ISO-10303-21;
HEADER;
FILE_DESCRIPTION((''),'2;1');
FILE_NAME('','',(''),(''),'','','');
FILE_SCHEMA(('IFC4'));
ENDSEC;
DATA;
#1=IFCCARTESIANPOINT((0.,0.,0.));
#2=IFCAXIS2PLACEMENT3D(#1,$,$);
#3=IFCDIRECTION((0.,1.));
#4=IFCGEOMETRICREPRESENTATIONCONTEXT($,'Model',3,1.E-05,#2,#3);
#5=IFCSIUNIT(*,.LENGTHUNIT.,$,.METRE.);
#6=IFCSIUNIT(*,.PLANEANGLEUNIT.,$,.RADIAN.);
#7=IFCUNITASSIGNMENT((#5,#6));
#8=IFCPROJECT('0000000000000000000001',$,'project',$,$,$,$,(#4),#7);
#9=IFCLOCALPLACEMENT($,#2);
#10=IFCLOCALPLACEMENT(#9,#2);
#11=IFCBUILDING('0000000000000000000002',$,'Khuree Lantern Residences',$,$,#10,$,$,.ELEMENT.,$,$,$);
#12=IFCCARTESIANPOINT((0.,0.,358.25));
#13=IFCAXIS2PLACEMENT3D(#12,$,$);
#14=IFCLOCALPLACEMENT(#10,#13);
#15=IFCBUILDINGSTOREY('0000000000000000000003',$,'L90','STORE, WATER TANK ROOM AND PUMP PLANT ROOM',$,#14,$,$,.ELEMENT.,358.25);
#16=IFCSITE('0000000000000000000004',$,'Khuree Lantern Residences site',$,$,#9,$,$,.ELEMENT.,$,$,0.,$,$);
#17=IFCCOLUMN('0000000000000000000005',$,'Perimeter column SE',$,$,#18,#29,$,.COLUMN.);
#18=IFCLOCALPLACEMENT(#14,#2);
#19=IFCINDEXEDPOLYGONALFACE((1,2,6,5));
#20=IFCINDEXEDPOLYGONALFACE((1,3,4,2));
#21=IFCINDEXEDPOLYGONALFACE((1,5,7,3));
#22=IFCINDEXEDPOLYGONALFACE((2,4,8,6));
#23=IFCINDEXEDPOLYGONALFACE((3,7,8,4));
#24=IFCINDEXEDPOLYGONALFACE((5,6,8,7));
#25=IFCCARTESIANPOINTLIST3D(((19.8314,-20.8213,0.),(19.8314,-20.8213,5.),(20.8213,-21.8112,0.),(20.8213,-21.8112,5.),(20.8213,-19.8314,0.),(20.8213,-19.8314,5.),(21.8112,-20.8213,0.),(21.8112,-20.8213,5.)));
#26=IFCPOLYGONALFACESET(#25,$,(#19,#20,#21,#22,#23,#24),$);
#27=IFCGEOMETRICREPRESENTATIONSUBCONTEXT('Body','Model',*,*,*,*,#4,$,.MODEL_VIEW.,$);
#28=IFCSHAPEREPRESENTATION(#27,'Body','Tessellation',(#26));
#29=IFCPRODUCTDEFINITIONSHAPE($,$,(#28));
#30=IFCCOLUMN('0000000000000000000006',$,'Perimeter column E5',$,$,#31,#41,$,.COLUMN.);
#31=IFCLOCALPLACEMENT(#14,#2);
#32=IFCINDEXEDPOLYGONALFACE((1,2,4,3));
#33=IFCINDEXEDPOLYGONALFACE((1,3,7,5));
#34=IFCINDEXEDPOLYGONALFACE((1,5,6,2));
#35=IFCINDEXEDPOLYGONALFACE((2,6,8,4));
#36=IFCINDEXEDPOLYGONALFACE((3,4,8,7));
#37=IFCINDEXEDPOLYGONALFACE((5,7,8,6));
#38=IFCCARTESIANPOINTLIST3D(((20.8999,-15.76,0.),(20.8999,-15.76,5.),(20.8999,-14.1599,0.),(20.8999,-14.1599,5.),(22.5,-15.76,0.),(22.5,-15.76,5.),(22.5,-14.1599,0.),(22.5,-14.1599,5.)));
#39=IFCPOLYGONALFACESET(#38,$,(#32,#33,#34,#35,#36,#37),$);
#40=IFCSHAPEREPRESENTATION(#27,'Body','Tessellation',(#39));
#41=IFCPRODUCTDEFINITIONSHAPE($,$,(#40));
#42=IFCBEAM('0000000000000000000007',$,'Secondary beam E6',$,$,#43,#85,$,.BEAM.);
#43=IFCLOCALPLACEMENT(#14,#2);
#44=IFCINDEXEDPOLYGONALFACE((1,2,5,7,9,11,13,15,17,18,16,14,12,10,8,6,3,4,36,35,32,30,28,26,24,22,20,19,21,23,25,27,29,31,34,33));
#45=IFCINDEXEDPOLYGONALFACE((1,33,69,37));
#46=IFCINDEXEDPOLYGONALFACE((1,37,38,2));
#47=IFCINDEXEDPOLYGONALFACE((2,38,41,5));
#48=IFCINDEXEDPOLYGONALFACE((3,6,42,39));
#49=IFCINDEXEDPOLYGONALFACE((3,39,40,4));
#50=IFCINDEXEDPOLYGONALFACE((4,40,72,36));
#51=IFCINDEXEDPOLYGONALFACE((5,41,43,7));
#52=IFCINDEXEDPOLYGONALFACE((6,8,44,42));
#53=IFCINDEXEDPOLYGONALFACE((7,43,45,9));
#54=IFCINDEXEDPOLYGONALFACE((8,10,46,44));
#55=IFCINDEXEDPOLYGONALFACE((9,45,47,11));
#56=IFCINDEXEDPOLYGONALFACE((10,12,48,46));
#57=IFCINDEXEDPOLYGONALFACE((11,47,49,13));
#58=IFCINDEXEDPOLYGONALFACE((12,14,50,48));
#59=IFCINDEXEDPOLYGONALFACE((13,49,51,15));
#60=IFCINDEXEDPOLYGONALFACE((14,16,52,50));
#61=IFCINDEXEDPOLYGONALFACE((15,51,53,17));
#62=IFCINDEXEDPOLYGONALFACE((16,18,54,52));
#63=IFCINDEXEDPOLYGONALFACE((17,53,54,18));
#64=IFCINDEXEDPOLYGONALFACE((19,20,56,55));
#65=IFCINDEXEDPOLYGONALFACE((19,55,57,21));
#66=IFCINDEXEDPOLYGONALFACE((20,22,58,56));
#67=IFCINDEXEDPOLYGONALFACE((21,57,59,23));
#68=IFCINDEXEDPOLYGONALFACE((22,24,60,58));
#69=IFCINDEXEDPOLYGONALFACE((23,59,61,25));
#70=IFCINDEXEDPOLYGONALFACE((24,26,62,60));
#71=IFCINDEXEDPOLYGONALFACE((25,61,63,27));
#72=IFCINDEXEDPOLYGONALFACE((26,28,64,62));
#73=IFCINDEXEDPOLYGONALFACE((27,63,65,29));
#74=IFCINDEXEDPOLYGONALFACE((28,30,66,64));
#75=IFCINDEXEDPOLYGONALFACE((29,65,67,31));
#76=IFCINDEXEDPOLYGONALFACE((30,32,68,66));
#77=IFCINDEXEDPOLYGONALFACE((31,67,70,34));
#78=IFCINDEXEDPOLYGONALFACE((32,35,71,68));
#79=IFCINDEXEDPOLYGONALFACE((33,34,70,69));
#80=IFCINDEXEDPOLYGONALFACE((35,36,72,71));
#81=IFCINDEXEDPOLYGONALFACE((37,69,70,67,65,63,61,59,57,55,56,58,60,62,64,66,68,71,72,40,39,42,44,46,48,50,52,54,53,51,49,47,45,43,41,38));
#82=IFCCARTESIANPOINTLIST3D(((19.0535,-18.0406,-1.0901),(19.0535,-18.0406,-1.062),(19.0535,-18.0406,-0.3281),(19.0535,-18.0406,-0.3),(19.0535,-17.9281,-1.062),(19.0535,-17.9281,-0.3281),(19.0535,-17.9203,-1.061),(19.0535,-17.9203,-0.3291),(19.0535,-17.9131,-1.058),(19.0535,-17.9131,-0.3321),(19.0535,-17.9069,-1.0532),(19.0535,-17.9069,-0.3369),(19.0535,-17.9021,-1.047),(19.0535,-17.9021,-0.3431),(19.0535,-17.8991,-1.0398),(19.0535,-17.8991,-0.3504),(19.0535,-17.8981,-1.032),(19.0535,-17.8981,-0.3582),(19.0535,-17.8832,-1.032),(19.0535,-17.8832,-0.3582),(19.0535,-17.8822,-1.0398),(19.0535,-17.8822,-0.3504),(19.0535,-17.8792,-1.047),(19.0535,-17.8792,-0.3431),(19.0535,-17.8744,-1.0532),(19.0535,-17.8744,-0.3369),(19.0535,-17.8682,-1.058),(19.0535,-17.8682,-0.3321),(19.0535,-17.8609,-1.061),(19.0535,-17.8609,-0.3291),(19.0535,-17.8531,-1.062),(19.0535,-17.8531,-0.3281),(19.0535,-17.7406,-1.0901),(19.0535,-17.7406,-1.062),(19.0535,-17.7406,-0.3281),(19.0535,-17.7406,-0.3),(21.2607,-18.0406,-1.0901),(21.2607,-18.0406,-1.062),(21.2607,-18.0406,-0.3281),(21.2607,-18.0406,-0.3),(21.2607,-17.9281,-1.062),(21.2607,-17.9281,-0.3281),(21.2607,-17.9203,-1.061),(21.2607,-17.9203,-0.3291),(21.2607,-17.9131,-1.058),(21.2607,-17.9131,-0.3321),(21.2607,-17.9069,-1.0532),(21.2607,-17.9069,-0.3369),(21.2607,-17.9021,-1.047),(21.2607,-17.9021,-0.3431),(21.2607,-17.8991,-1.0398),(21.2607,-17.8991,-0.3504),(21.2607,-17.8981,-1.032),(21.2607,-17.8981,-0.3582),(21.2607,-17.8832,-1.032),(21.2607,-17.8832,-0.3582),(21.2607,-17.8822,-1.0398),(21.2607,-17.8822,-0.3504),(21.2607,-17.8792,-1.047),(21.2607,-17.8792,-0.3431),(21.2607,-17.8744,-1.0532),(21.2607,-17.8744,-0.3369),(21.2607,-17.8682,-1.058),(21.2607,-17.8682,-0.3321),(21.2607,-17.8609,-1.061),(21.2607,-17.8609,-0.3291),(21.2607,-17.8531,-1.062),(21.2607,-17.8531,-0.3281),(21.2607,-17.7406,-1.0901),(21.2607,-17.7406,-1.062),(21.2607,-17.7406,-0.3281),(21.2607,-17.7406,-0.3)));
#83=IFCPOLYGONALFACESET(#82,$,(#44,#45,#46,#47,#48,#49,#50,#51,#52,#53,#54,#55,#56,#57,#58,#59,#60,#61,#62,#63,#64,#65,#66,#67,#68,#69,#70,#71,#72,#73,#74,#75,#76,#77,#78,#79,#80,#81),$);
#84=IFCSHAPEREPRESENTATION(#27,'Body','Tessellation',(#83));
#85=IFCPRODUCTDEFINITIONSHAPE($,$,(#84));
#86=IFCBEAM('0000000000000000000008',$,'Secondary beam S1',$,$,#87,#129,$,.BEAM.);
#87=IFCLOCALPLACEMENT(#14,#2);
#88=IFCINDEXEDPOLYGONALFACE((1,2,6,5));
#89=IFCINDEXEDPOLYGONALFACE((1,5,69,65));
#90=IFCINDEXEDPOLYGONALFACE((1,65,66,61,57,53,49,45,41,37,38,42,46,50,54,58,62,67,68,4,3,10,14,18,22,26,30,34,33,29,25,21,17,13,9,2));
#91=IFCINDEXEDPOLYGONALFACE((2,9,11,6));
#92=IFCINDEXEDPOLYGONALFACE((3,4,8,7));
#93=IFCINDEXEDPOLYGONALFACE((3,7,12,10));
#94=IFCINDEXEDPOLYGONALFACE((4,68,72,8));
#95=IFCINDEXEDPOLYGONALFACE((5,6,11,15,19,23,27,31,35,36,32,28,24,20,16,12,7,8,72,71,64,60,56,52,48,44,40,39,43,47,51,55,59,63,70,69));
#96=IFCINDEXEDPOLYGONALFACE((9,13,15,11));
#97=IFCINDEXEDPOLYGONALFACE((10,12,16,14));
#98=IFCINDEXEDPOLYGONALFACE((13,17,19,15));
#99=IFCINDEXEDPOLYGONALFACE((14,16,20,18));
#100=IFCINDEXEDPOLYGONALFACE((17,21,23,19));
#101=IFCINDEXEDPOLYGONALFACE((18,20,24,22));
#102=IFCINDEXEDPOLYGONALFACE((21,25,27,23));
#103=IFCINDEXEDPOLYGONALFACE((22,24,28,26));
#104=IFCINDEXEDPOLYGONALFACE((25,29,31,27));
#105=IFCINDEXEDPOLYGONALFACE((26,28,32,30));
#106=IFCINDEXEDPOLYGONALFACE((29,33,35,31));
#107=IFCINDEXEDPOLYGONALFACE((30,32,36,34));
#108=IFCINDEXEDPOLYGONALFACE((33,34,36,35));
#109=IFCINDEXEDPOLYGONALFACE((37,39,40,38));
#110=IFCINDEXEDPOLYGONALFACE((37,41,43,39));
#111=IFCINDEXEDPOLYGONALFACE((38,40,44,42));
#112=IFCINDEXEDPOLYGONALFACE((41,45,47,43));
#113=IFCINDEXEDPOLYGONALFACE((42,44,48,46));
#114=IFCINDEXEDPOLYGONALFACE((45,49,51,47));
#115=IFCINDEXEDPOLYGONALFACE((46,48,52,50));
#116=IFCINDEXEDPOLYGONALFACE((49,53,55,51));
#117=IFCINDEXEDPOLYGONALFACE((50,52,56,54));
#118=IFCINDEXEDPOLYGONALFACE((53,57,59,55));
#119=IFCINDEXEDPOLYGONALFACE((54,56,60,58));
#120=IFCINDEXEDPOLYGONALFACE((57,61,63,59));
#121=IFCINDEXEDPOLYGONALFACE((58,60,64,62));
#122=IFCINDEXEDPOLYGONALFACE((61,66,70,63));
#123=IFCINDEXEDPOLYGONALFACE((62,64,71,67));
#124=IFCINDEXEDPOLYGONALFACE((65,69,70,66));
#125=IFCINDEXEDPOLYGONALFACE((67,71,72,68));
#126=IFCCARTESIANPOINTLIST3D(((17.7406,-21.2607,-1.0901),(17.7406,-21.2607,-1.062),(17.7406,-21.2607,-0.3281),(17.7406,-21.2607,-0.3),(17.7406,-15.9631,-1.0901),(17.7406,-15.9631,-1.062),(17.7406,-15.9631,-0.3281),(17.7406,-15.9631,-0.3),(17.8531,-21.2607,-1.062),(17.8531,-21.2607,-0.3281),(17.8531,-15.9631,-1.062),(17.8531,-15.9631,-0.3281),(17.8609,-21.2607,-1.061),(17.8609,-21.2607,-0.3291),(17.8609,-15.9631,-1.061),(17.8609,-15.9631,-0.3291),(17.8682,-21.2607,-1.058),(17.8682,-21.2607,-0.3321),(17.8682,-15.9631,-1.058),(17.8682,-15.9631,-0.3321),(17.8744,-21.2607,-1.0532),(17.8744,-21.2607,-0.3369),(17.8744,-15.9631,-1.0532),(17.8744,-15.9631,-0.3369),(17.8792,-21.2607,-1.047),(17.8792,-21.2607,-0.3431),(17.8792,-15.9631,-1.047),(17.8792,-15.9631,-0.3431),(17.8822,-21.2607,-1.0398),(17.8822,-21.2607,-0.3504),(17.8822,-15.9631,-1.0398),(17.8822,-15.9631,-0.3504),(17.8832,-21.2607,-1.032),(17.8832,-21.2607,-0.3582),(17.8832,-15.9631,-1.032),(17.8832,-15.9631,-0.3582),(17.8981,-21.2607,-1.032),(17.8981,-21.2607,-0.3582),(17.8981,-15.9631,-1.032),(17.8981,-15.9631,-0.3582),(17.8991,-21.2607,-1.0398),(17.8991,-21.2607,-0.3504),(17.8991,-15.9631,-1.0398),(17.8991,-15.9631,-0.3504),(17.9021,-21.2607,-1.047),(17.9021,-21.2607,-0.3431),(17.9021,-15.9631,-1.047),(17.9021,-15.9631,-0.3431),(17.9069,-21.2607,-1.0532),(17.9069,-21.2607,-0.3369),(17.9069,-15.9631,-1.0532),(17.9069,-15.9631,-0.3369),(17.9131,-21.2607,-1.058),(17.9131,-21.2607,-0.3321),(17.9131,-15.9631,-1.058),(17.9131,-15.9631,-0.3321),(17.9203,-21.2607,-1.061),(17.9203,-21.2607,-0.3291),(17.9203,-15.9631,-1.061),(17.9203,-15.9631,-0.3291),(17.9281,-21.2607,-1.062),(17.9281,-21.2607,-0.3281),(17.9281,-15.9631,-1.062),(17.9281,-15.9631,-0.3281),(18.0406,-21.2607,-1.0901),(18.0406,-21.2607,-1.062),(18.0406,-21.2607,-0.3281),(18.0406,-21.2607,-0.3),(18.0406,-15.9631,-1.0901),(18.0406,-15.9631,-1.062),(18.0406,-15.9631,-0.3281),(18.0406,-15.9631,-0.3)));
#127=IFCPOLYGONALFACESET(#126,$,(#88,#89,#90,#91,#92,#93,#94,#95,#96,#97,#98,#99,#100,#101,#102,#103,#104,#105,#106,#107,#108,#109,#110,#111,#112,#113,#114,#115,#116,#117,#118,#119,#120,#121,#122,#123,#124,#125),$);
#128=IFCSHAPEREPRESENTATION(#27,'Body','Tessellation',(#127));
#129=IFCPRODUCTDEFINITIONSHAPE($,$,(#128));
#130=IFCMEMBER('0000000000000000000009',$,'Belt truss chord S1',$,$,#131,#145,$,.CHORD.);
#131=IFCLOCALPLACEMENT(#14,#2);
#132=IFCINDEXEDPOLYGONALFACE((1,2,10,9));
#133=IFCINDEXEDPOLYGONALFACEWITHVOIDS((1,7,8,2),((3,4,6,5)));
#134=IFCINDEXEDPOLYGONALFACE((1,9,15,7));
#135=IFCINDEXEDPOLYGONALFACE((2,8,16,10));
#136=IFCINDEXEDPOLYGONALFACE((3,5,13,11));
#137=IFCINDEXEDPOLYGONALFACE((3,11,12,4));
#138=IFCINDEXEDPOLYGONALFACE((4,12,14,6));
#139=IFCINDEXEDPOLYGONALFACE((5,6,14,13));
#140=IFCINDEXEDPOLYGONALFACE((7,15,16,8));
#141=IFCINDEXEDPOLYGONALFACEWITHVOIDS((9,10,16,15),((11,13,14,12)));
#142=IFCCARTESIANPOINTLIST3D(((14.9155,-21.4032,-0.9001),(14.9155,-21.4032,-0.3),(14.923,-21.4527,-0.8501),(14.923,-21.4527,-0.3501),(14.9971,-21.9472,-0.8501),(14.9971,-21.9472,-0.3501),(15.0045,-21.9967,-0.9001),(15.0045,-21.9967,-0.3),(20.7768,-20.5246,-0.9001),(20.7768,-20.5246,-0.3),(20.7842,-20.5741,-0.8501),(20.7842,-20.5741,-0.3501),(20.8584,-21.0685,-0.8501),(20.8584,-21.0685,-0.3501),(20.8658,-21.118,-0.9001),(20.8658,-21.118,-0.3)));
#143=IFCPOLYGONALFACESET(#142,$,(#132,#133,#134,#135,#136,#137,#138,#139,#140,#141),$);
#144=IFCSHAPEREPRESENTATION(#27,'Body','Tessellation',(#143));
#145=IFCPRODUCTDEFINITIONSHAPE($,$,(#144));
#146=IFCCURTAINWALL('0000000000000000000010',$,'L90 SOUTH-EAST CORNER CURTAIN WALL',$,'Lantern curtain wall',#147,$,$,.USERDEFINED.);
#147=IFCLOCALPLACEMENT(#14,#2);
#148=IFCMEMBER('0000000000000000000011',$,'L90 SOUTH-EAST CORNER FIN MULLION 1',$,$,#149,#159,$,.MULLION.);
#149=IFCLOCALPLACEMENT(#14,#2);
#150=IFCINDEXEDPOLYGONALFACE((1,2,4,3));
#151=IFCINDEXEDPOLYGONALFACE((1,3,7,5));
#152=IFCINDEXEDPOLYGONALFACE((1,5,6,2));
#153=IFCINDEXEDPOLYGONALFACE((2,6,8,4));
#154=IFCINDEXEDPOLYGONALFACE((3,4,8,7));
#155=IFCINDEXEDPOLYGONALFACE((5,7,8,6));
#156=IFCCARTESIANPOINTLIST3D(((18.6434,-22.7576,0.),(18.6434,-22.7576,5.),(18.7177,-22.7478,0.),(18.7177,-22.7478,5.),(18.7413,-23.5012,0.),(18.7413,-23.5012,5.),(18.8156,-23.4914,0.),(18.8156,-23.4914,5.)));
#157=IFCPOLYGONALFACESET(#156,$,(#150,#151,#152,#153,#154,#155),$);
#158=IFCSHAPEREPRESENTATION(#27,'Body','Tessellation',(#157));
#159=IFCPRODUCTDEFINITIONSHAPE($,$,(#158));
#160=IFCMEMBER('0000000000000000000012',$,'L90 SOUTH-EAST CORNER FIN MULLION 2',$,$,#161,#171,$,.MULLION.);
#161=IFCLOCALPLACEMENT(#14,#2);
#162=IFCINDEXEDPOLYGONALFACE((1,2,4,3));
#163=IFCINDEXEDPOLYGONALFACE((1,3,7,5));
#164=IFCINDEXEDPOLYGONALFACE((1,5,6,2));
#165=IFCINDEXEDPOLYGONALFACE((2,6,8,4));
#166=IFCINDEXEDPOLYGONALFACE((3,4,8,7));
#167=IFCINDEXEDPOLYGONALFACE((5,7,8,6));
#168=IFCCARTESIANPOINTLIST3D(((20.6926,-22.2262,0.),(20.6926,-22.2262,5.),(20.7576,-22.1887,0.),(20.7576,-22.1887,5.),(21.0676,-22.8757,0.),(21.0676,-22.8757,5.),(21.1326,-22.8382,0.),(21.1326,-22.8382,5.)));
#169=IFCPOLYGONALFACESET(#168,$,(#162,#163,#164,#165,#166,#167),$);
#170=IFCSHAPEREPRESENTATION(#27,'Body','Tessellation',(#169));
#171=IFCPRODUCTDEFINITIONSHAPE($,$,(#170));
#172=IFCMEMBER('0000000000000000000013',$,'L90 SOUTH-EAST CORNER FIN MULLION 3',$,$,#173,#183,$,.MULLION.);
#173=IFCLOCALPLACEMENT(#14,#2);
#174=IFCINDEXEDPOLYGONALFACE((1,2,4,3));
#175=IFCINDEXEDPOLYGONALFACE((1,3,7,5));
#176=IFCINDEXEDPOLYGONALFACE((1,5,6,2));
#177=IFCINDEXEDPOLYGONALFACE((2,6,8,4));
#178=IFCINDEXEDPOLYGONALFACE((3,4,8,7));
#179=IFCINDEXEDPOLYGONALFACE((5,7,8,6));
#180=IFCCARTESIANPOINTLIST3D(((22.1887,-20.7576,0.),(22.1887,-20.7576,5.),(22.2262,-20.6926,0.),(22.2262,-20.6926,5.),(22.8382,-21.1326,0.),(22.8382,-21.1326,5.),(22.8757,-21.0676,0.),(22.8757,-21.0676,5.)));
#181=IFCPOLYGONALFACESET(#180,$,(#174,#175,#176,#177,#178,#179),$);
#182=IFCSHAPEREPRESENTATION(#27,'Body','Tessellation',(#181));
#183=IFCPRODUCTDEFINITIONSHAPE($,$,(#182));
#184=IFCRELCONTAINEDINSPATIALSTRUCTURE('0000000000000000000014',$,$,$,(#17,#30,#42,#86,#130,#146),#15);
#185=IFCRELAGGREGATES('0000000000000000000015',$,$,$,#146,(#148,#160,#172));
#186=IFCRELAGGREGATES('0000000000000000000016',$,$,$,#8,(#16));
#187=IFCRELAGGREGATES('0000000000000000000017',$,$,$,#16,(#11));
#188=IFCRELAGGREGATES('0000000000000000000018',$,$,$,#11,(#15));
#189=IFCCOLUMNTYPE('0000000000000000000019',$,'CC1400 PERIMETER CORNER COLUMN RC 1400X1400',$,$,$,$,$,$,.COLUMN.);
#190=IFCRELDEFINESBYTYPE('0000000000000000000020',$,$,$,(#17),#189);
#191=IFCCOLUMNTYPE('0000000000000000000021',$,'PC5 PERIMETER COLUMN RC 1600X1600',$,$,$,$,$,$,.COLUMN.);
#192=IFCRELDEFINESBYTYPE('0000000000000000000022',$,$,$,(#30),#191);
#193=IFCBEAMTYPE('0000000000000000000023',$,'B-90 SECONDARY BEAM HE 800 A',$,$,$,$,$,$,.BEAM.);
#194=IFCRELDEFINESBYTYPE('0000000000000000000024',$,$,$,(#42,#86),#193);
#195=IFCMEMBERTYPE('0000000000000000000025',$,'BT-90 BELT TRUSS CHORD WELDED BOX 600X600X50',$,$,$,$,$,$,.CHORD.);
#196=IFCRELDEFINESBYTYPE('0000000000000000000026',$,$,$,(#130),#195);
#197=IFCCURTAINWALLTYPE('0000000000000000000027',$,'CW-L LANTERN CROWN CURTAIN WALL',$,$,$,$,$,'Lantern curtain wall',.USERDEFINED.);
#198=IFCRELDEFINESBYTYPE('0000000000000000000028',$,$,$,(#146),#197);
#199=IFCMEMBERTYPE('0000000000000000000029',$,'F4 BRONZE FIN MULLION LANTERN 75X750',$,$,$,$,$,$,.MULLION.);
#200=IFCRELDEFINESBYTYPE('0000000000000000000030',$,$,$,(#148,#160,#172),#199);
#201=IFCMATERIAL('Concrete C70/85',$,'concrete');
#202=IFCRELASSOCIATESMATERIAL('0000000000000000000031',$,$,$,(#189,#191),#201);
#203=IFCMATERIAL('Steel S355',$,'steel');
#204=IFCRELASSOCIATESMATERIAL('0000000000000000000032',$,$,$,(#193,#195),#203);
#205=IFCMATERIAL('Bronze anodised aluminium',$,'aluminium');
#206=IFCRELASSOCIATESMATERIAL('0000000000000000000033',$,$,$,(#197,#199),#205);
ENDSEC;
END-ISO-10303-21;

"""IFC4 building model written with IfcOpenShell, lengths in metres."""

from ifc_helpers import new_model, si_unit, direction, frame, origin, origin_2d, place, context, subcontext, project, spatial, rectangle, hollow_rectangle, i_section, extrude, material, material_profile, profile_set, type_object, element, aggregate, save


model = new_model("IFC4")

# Units and contexts
model_context = context("Model", 3, precision=1e-05, world=origin(), true_north=direction((0.0, 1.0)))
body_context = subcontext(model_context, "Body", "Model", "MODEL_VIEW")
ifc_project = project(units=[si_unit("LENGTHUNIT", "METRE"), si_unit("PLANEANGLEUNIT", "RADIAN")], contexts=[model_context])

# Site, building, storey
site_placement = place(None, origin())
site = spatial("IfcSite", under=ifc_project, at=site_placement, Name="Khuree Lantern Residences site", CompositionType="ELEMENT", RefElevation=0.0)
building_placement = place(site_placement, origin())
building = spatial("IfcBuilding", under=site, at=building_placement, Name="Khuree Lantern Residences", CompositionType="ELEMENT")
storey_placement = place(building_placement, frame((0.0, 0.0, 358.25)))
storey = spatial("IfcBuildingStorey", under=building, at=storey_placement, Name="L90", Description="STORE, WATER TANK ROOM AND PUMP PLANT ROOM", CompositionType="ELEMENT", Elevation=358.25)

# Columns
ifc_material_1 = material(Name="Concrete C70/85", Category="concrete")
ifc_material_profile_1 = material_profile(ifc_material_1, rectangle(XDim=1.3999, YDim=1.3999, at=origin_2d()), Name="RC 1400X1400")
ifc_profile_set_1 = profile_set([ifc_material_profile_1], Name="Concrete C70/85")
column_type_1 = type_object("IfcColumnType", Name="CC1400 PERIMETER CORNER COLUMN RC 1400X1400", PredefinedType="COLUMN", material=ifc_profile_set_1)
column_1_placement = place(storey_placement, frame((20.8213, -20.8213, 0.0), z_axis=(0.0, 0.0, 1.0), x_axis=(0.707107, 0.707107, 0.0)))
element("IfcColumn", 1, at=column_1_placement, inside=storey, type_object=column_type_1, Name="Perimeter column SE", PredefinedType="COLUMN", context=body_context, shape_type="SweptSolid", body=[
    extrude(rectangle(XDim=1.3999, YDim=1.3999, at=origin_2d()), origin(), (0.0, 0.0, 1.0), 5.0),
])
ifc_material_profile_2 = material_profile(ifc_material_1, rectangle(XDim=1.6001, YDim=1.6001, at=origin_2d()), Name="RC 1600X1600")
ifc_profile_set_2 = profile_set([ifc_material_profile_2], Name="Concrete C70/85")
column_type_2 = type_object("IfcColumnType", Name="PC5 PERIMETER COLUMN RC 1600X1600", PredefinedType="COLUMN", material=ifc_profile_set_2)
column_2_placement = place(storey_placement, frame((21.7, -14.96, 0.0), z_axis=(0.0, 0.0, 1.0), x_axis=(0.0, 1.0, 0.0)))
element("IfcColumn", 2, at=column_2_placement, inside=storey, type_object=column_type_2, Name="Perimeter column E5", PredefinedType="COLUMN", context=body_context, shape_type="SweptSolid", body=[
    extrude(rectangle(XDim=1.6001, YDim=1.6001, at=origin_2d()), origin(), (0.0, 0.0, 1.0), 5.0),
])

# Beams
ifc_material_2 = material(Name="Steel S355", Category="steel")
ifc_material_profile_3 = material_profile(ifc_material_2, i_section(OverallWidth=0.3, OverallDepth=0.79, WebThickness=0.0149, FlangeThickness=0.0281, FilletRadius=0.03, at=origin_2d()), Name="HE 800 A")
ifc_profile_set_3 = profile_set([ifc_material_profile_3], Name="Steel S355")
beam_type = type_object("IfcBeamType", Name="B-90 SECONDARY BEAM HE 800 A", PredefinedType="BEAM", material=ifc_profile_set_3)
beam_1_placement = place(storey_placement, frame((21.2607, -17.8906, -0.6951), z_axis=(-1.0, 0.0, 0.0), x_axis=(0.0, -1.0, 0.0)))
element("IfcBeam", 3, at=beam_1_placement, inside=storey, type_object=beam_type, Name="Secondary beam E6", PredefinedType="BEAM", context=body_context, shape_type="SweptSolid", body=[
    extrude(i_section(OverallWidth=0.3, OverallDepth=0.79, WebThickness=0.0149, FlangeThickness=0.0281, FilletRadius=0.03, at=origin_2d()), origin(), (0.0, 0.0, 1.0), 2.2073),
])
beam_2_placement = place(storey_placement, frame((17.8906, -21.2607, -0.6951), z_axis=(0.0, 1.0, 0.0), x_axis=(-1.0, 0.0, 0.0)))
element("IfcBeam", 4, at=beam_2_placement, inside=storey, type_object=beam_type, Name="Secondary beam S1", PredefinedType="BEAM", context=body_context, shape_type="SweptSolid", body=[
    extrude(i_section(OverallWidth=0.3, OverallDepth=0.79, WebThickness=0.0149, FlangeThickness=0.0281, FilletRadius=0.03, at=origin_2d()), origin(), (0.0, 0.0, 1.0), 5.2976),
])

# Member
ifc_material_profile_4 = material_profile(ifc_material_2, hollow_rectangle(XDim=0.6001, YDim=0.6001, WallThickness=0.05, at=origin_2d()), Name="WELDED BOX 600X600X50")
ifc_profile_set_4 = profile_set([ifc_material_profile_4], Name="Steel S355")
member_type_1 = type_object("IfcMemberType", Name="BT-90 BELT TRUSS CHORD WELDED BOX 600X600X50", PredefinedType="CHORD", material=ifc_profile_set_4)
member_1_placement = place(storey_placement, frame((20.8213, -20.8213, -0.6001), z_axis=(-0.98895, -0.148252, 0.0), x_axis=(0.148252, -0.98895, 0.0)))
element("IfcMember", 5, at=member_1_placement, inside=storey, type_object=member_type_1, Name="Belt truss chord S1", PredefinedType="CHORD", context=body_context, shape_type="SweptSolid", body=[
    extrude(hollow_rectangle(XDim=0.6001, YDim=0.6001, WallThickness=0.05, at=origin_2d()), origin(), (0.0, 0.0, 1.0), 5.9268),
])

# Curtain wall, members
ifc_material_3 = material(Name="Bronze anodised aluminium", Category="aluminium")
curtain_wall_type = type_object("IfcCurtainWallType", Name="CW-L LANTERN CROWN CURTAIN WALL", ElementType="Lantern curtain wall", PredefinedType="USERDEFINED", material=ifc_material_3)
curtain_wall_1_placement = place(storey_placement, origin())
curtain_wall_1 = element("IfcCurtainWall", 6, at=curtain_wall_1_placement, inside=storey, type_object=curtain_wall_type, Name="L90 SOUTH-EAST CORNER CURTAIN WALL", ObjectType="Lantern curtain wall", PredefinedType="USERDEFINED")
ifc_material_profile_5 = material_profile(ifc_material_3, rectangle(XDim=0.075, YDim=0.75, at=origin_2d()), Name="F4 75X750")
ifc_profile_set_5 = profile_set([ifc_material_profile_5], Name="Bronze anodised aluminium")
member_type_2 = type_object("IfcMemberType", Name="F4 BRONZE FIN MULLION LANTERN 75X750", PredefinedType="MULLION", material=ifc_profile_set_5)
member_2_placement = place(storey_placement, frame((18.7295, -23.1245, 0.0), z_axis=(0.0, 0.0, 1.0), x_axis=(0.991445, 0.130526, 0.0)))
member_2 = element("IfcMember", 7, at=member_2_placement, type_object=member_type_2, Name="L90 SOUTH-EAST CORNER FIN MULLION 1", PredefinedType="MULLION", context=body_context, shape_type="SweptSolid", body=[
    extrude(rectangle(XDim=0.075, YDim=0.75, at=origin_2d()), origin(), (0.0, 0.0, 1.0), 5.0),
])
member_3_placement = place(storey_placement, frame((20.9126, -22.5322, 0.0), z_axis=(0.0, 0.0, 1.0), x_axis=(0.866025, 0.5, 0.0)))
member_3 = element("IfcMember", 8, at=member_3_placement, type_object=member_type_2, Name="L90 SOUTH-EAST CORNER FIN MULLION 2", PredefinedType="MULLION", context=body_context, shape_type="SweptSolid", body=[
    extrude(rectangle(XDim=0.075, YDim=0.75, at=origin_2d()), origin(), (0.0, 0.0, 1.0), 5.0),
])
member_4_placement = place(storey_placement, frame((22.5322, -20.9126, 0.0), z_axis=(0.0, 0.0, 1.0), x_axis=(0.5, 0.866025, 0.0)))
member_4 = element("IfcMember", 9, at=member_4_placement, type_object=member_type_2, Name="L90 SOUTH-EAST CORNER FIN MULLION 3", PredefinedType="MULLION", context=body_context, shape_type="SweptSolid", body=[
    extrude(rectangle(XDim=0.075, YDim=0.75, at=origin_2d()), origin(), (0.0, 0.0, 1.0), 5.0),
])

aggregate(curtain_wall_1, [member_2, member_3, member_4])

save(model, "model.ifc")
